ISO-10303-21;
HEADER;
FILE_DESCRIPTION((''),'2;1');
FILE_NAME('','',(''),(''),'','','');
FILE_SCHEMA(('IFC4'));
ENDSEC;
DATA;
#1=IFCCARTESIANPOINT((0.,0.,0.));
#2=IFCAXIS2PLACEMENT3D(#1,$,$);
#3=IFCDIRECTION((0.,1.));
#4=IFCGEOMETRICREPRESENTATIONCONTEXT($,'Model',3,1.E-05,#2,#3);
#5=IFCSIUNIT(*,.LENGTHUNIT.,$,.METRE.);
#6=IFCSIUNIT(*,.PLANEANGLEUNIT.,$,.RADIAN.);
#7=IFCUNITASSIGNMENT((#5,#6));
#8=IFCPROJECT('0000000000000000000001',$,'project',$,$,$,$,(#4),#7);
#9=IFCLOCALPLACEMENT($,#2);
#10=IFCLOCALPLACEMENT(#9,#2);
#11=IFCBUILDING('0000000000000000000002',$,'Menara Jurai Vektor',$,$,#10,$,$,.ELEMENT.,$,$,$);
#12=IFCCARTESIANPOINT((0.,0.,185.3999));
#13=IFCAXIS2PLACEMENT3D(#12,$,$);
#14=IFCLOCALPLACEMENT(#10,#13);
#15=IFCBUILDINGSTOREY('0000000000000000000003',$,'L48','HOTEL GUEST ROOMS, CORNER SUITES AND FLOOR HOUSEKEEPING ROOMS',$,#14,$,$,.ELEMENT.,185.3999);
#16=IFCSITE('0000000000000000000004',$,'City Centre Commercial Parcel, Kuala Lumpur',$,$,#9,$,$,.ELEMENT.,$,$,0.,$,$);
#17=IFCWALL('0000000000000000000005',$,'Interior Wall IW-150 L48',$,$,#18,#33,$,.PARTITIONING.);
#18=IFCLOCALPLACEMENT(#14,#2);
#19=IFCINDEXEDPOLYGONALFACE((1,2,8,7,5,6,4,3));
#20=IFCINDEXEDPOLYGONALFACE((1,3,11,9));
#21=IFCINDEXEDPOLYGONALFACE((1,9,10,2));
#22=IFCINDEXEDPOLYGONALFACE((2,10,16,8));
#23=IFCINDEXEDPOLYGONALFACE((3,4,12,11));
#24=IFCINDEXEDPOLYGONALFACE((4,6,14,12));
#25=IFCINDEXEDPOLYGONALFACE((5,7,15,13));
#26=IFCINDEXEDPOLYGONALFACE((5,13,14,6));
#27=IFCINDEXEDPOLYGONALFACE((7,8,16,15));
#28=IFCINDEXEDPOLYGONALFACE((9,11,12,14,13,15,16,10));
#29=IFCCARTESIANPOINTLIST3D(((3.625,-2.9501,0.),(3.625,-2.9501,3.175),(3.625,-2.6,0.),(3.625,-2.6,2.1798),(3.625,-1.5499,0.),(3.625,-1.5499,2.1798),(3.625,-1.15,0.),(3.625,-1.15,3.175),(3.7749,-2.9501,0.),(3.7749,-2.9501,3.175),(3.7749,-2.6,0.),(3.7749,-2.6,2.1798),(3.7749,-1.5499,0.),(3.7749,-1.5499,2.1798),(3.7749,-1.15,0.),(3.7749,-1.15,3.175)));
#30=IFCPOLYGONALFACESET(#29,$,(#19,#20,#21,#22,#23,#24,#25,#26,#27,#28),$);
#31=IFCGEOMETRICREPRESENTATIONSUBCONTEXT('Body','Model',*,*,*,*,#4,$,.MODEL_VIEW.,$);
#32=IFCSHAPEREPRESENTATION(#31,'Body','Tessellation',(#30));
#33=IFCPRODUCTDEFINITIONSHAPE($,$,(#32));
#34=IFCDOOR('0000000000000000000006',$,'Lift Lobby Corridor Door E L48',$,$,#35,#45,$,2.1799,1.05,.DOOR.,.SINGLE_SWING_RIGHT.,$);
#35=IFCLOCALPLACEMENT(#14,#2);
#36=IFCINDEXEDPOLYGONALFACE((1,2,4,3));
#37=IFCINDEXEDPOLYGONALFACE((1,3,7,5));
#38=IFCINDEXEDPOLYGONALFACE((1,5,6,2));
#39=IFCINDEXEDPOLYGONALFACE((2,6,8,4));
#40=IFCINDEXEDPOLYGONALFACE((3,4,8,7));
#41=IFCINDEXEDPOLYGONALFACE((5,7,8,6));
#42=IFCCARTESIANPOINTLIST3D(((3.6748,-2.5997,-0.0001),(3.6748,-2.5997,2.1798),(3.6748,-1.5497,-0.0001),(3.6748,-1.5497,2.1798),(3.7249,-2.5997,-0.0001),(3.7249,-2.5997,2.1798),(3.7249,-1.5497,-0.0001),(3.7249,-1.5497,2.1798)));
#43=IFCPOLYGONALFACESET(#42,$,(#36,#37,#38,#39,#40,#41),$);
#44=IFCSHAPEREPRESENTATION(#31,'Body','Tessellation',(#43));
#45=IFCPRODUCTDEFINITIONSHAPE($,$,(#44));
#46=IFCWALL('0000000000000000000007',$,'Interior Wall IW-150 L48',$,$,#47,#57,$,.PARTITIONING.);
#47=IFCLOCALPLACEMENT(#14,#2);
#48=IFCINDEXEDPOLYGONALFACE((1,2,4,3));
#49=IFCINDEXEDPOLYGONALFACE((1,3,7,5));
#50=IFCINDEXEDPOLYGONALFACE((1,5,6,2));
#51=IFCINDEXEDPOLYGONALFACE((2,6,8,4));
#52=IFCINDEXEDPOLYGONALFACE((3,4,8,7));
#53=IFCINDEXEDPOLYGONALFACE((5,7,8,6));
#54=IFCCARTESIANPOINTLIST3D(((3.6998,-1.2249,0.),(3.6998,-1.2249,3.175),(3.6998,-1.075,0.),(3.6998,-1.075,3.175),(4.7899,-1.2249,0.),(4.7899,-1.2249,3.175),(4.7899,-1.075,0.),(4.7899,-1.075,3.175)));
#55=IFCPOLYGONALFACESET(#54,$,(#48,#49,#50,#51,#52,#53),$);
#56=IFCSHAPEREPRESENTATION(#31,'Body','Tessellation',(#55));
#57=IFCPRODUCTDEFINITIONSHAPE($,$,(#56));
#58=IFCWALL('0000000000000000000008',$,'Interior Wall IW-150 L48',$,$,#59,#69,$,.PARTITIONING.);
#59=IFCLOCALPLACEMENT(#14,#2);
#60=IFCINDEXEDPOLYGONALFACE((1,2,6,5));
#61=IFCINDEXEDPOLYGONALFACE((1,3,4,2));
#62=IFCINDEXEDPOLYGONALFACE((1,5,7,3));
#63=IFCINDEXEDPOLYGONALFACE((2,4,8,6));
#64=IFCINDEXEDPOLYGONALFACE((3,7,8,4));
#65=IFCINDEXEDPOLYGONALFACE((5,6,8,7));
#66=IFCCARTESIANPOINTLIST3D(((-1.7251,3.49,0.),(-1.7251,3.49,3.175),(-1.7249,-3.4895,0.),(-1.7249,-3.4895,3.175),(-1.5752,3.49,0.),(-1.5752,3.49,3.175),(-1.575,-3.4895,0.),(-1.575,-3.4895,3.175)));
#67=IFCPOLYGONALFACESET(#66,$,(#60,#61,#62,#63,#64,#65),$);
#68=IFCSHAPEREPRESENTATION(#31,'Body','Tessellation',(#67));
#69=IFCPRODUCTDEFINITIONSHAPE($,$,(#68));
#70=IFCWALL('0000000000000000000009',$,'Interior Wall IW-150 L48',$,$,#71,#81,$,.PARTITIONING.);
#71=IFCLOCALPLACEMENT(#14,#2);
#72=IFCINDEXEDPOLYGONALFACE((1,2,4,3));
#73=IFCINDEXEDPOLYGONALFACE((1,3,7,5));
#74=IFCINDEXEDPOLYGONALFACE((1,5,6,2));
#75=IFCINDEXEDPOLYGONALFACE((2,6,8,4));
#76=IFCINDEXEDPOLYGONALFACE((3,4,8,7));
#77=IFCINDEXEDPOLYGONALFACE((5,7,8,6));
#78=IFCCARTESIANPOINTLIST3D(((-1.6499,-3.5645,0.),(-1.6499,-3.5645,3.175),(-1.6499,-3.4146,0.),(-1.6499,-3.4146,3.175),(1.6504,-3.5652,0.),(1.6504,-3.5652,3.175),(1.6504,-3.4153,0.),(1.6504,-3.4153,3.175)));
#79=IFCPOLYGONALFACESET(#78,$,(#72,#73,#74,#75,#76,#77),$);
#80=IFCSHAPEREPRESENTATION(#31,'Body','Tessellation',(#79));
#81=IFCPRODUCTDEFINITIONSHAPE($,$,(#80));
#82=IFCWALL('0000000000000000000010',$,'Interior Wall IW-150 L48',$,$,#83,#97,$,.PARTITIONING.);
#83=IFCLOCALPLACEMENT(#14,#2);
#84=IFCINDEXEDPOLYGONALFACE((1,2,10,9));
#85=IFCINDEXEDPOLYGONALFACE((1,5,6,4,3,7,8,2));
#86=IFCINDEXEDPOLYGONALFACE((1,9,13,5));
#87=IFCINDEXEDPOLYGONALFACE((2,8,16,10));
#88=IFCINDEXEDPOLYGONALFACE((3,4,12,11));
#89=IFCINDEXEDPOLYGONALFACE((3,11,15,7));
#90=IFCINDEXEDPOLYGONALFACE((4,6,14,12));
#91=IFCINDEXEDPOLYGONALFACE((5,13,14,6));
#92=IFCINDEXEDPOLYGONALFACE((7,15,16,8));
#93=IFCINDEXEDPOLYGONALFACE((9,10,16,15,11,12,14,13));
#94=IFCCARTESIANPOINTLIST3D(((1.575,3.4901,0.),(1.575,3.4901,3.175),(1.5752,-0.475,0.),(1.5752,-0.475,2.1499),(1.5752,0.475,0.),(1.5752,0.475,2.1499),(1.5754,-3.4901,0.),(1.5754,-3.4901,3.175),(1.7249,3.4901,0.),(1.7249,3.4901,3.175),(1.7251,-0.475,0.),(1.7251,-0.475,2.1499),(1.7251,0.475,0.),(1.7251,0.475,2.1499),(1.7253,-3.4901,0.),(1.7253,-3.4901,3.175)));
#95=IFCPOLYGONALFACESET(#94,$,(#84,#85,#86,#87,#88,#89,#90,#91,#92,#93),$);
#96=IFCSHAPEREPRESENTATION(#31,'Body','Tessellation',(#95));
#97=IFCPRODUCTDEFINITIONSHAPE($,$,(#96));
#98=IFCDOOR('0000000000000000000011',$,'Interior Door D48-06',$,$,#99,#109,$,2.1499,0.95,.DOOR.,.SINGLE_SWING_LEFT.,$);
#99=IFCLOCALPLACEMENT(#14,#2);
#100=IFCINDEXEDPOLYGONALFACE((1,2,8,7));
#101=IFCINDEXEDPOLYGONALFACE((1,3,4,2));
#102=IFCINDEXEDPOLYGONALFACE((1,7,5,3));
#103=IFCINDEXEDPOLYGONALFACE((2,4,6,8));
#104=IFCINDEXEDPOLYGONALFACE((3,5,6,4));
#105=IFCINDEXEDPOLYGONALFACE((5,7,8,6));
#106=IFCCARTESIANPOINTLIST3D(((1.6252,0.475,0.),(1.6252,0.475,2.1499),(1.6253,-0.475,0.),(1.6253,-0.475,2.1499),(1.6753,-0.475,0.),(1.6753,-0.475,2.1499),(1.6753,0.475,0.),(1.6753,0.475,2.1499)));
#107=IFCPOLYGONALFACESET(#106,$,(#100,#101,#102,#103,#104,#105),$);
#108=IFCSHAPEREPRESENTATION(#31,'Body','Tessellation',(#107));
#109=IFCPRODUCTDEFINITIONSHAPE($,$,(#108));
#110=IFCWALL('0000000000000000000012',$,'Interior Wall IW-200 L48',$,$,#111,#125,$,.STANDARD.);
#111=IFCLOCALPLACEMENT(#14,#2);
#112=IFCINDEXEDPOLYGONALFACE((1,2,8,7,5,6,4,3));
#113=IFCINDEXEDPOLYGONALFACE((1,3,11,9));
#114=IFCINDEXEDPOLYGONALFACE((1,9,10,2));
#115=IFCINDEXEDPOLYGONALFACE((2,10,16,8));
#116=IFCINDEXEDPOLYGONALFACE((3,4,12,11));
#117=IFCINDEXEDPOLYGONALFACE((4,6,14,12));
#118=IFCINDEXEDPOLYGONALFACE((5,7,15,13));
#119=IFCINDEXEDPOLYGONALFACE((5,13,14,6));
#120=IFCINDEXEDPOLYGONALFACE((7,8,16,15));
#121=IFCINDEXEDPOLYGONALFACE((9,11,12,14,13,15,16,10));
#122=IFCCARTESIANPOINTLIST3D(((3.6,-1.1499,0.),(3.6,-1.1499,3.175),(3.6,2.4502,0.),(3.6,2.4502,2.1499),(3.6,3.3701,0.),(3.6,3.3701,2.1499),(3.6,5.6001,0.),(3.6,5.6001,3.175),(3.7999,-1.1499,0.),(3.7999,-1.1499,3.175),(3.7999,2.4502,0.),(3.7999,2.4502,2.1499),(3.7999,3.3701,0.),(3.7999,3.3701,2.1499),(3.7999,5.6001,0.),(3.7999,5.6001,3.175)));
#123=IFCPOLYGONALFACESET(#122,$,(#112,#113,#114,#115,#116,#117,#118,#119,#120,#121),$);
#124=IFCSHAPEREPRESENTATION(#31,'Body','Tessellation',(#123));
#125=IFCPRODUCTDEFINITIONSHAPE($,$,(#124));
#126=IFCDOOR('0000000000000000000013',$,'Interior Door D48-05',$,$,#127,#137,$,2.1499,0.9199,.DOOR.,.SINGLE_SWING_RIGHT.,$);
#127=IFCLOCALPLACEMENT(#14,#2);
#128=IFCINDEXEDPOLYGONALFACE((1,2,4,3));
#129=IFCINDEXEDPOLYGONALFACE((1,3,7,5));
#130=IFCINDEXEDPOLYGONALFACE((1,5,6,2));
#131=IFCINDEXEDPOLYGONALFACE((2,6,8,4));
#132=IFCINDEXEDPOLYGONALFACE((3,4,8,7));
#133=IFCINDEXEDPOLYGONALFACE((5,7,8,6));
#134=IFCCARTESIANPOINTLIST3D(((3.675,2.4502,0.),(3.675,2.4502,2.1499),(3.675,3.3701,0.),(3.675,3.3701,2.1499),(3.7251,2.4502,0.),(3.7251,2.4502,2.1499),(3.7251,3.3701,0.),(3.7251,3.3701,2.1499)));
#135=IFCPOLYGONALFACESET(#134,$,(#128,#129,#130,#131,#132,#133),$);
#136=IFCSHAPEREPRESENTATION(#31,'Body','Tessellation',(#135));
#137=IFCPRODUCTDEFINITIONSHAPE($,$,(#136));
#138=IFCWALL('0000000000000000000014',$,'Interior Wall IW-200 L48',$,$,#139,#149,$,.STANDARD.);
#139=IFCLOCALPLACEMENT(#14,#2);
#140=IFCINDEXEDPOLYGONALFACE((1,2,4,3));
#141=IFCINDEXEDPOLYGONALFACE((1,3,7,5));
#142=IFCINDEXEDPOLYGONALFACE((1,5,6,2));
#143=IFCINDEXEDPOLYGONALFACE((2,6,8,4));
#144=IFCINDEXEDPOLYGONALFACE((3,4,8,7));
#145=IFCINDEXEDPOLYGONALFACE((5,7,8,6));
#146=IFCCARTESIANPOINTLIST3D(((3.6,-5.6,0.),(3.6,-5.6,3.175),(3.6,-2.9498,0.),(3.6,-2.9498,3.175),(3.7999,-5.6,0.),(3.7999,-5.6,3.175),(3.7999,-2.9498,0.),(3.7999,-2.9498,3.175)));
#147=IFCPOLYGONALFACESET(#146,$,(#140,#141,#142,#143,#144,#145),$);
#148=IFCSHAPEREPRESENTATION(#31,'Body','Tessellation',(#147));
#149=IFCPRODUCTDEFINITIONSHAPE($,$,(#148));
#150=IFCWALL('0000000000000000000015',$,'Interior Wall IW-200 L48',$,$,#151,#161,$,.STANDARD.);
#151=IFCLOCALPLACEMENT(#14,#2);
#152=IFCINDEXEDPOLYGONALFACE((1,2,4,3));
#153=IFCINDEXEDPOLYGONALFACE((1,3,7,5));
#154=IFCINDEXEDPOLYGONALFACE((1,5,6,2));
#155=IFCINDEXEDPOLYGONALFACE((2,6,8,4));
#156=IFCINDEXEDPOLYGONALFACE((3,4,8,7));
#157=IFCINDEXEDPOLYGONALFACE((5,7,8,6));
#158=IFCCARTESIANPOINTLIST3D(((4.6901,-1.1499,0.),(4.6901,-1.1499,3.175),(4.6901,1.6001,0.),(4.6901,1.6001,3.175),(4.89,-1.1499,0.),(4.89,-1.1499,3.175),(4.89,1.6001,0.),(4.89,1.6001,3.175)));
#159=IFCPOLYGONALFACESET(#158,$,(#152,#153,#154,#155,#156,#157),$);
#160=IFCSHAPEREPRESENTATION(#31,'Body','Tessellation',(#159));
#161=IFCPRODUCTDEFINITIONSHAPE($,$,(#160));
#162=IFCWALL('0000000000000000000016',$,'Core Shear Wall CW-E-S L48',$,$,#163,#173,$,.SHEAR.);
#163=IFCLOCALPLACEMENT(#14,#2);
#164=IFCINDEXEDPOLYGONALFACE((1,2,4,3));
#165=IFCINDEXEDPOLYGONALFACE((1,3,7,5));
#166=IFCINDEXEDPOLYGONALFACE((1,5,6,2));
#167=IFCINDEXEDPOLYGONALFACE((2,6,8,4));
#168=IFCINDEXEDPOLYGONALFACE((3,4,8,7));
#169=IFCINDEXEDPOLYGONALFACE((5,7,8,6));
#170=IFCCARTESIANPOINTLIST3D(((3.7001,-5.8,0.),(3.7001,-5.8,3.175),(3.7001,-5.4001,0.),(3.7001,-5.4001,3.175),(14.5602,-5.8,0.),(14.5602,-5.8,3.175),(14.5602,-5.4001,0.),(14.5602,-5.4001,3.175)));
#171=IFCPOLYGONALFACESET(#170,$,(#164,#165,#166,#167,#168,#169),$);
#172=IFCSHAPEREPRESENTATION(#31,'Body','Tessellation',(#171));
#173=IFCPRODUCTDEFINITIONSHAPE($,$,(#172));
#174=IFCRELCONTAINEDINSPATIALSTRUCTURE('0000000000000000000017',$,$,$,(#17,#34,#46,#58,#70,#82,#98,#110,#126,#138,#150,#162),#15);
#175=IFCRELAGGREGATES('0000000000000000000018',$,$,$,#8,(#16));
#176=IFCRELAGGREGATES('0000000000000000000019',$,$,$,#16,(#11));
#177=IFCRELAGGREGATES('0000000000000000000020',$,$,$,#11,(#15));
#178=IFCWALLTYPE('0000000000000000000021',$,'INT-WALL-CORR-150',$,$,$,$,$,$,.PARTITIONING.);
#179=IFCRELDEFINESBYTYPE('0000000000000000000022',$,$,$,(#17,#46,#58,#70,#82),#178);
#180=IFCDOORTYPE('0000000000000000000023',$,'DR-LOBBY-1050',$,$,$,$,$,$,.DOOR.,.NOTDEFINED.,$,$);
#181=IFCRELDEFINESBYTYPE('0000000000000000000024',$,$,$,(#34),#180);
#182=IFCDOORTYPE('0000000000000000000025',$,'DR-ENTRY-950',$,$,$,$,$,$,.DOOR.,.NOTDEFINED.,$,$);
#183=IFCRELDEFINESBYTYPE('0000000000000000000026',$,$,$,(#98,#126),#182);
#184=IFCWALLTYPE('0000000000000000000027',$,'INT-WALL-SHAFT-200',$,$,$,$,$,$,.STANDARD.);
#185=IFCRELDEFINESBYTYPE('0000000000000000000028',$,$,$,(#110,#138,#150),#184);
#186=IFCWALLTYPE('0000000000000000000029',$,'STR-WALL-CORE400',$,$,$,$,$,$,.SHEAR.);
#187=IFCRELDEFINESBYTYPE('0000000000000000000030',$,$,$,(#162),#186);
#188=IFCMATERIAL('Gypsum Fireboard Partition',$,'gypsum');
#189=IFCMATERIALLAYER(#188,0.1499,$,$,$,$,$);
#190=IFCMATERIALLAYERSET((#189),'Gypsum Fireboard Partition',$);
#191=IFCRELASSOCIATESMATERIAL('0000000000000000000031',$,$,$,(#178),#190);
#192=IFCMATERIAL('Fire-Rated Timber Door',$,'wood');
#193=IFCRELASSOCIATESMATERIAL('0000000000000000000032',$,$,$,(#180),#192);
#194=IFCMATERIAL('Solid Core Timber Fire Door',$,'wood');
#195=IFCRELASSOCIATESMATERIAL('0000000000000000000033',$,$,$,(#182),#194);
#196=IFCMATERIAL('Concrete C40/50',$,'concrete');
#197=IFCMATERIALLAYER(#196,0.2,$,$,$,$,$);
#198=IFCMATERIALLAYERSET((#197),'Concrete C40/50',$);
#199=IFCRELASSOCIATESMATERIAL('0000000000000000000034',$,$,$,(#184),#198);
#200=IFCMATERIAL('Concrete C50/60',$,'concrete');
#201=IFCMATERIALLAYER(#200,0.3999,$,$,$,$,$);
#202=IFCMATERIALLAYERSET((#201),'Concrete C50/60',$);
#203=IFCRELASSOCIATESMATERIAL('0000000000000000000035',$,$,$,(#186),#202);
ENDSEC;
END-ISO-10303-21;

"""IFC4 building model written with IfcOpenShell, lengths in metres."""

from ifc_helpers import new_model, si_unit, direction, frame, frame_2d, origin, place, context, subcontext, project, spatial, rectangle, extrude, material, layer, layer_set, type_object, element, fill, save


model = new_model("IFC4")

# Units and contexts
model_context = context("Model", 3, precision=1e-05, world=origin(), true_north=direction((0.0, 1.0)))
body_context = subcontext(model_context, "Body", "Model", "MODEL_VIEW")
ifc_project = project(units=[si_unit("LENGTHUNIT", "METRE"), si_unit("PLANEANGLEUNIT", "RADIAN")], contexts=[model_context])

# Site, building, storey
site_placement = place(None, origin())
site = spatial("IfcSite", under=ifc_project, at=site_placement, Name="City Centre Commercial Parcel, Kuala Lumpur", CompositionType="ELEMENT", RefElevation=0.0)
building_placement = place(site_placement, origin())
building = spatial("IfcBuilding", under=site, at=building_placement, Name="Menara Jurai Vektor", CompositionType="ELEMENT")
storey_placement = place(building_placement, frame((0.0, 0.0, 185.3999)))
storey = spatial("IfcBuildingStorey", under=building, at=storey_placement, Name="L48", Description="HOTEL GUEST ROOMS, CORNER SUITES AND FLOOR HOUSEKEEPING ROOMS", CompositionType="ELEMENT", Elevation=185.3999)

# Shared definitions
ifc_material_1 = material(Name="Concrete C50/60", Category="concrete")

# Shared definitions
ifc_material_2 = material(Name="Concrete C40/50", Category="concrete")

# Wall, opening, door
ifc_material_3 = material(Name="Gypsum Fireboard Partition", Category="gypsum")
ifc_layer_1 = layer(ifc_material_3, 0.1499)
ifc_layer_set_1 = layer_set([ifc_layer_1], Name="Gypsum Fireboard Partition")
wall_type_1 = type_object("IfcWallType", Name="INT-WALL-CORR-150", PredefinedType="PARTITIONING", material=ifc_layer_set_1)
wall_1_placement = place(storey_placement, frame((3.7, -2.95, 0.0), z_axis=(0.0, 0.0, 1.0), x_axis=(0.0, 1.0, 0.0)))
wall_1 = element("IfcWall", 1, at=wall_1_placement, inside=storey, type_object=wall_type_1, Name="Interior Wall IW-150 L48", PredefinedType="PARTITIONING", context=body_context, shape_type="SweptSolid", body=[
    extrude(rectangle(XDim=1.8, YDim=0.1499, at=frame_2d((0.8999, 0.0))), origin(), (0.0, 0.0, 1.0), 3.175),
])
opening_1_placement = place(wall_1_placement, frame((0.3501, 0.0, 0.0)))
opening_1 = element("IfcOpeningElement", 2, at=opening_1_placement, cuts=wall_1, PredefinedType="OPENING", context=body_context, shape_type="SweptSolid", body=[
    extrude(rectangle(XDim=1.05, YDim=2.1799, at=frame_2d((0.5249, 1.0898))), frame((0.0, 0.085, 0.0), z_axis=(0.0, -1.0, 0.0), x_axis=(1.0, 0.0, 0.0)), (0.0, 0.0, 1.0), 0.1699),
])
ifc_material_4 = material(Name="Fire-Rated Timber Door", Category="wood")
door_type_1 = type_object("IfcDoorType", Name="DR-LOBBY-1050", OperationType="NOTDEFINED", PredefinedType="DOOR", material=ifc_material_4)
door_1_placement = place(opening_1_placement, frame((1.05, 0.0, 0.0), z_axis=(0.0, 0.0, 1.0), x_axis=(-1.0, 0.0, 0.0)))
door_1 = element("IfcDoor", 3, at=door_1_placement, inside=storey, type_object=door_type_1, Name="Lift Lobby Corridor Door E L48", OperationType="SINGLE_SWING_RIGHT", OverallHeight=2.1799, OverallWidth=1.05, PredefinedType="DOOR", context=body_context, shape_type="SweptSolid", body=[
    extrude(rectangle(XDim=1.05, YDim=2.1799, at=frame_2d((0.5249, 1.0898))), frame((0.0, 0.0249, 0.0), z_axis=(0.0, -1.0, 0.0), x_axis=(1.0, 0.0, 0.0)), (0.0, 0.0, 1.0), 0.05),
])
fill(opening_1, door_1)

# Walls
wall_2_placement = place(storey_placement, frame((3.7, -1.1499, 0.0), z_axis=(0.0, 0.0, 1.0), x_axis=(1.0, 0.0, 0.0)))
element("IfcWall", 4, at=wall_2_placement, inside=storey, type_object=wall_type_1, Name="Interior Wall IW-150 L48", PredefinedType="PARTITIONING", context=body_context, shape_type="SweptSolid", body=[
    extrude(rectangle(XDim=1.0901, YDim=0.1499, at=frame_2d((0.5449, 0.0))), origin(), (0.0, 0.0, 1.0), 3.175),
])
wall_3_placement = place(storey_placement, frame((-1.6499, -3.4895, 0.0), z_axis=(0.0, 0.0, 1.0), x_axis=(-0.000035, 1.0, 0.0)))
element("IfcWall", 5, at=wall_3_placement, inside=storey, type_object=wall_type_1, Name="Interior Wall IW-150 L48", PredefinedType="PARTITIONING", context=body_context, shape_type="SweptSolid", body=[
    extrude(rectangle(XDim=6.9795, YDim=0.1499, at=frame_2d((3.4897, 0.0))), origin(), (0.0, 0.0, 1.0), 3.175),
])
wall_4_placement = place(storey_placement, frame((-1.6499, -3.4895, 0.0), z_axis=(0.0, 0.0, 1.0), x_axis=(1.0, -0.000222, 0.0)))
element("IfcWall", 6, at=wall_4_placement, inside=storey, type_object=wall_type_1, Name="Interior Wall IW-150 L48", PredefinedType="PARTITIONING", context=body_context, shape_type="SweptSolid", body=[
    extrude(rectangle(XDim=3.3003, YDim=0.1499, at=frame_2d((1.6501, 0.0))), origin(), (0.0, 0.0, 1.0), 3.175),
])

# Walls, openings, doors
wall_5_placement = place(storey_placement, frame((1.6504, -3.4902, 0.0), z_axis=(0.0, 0.0, 1.0), x_axis=(-0.00007, 1.0, 0.0)))
wall_5 = element("IfcWall", 7, at=wall_5_placement, inside=storey, type_object=wall_type_1, Name="Interior Wall IW-150 L48", PredefinedType="PARTITIONING", context=body_context, shape_type="SweptSolid", body=[
    extrude(rectangle(XDim=6.9802, YDim=0.1499, at=frame_2d((3.4902, 0.0))), origin(), (0.0, 0.0, 1.0), 3.175),
])
opening_2_placement = place(wall_5_placement, frame((3.0151, 0.0, 0.0)))
opening_2 = element("IfcOpeningElement", 8, at=opening_2_placement, cuts=wall_5, PredefinedType="OPENING", context=body_context, shape_type="SweptSolid", body=[
    extrude(rectangle(XDim=0.95, YDim=2.1499, at=frame_2d((0.4751, 1.075))), frame((0.0, 0.085, 0.0), z_axis=(0.0, -1.0, 0.0), x_axis=(1.0, 0.0, 0.0)), (0.0, 0.0, 1.0), 0.1699),
])
ifc_material_5 = material(Name="Solid Core Timber Fire Door", Category="wood")
door_type_2 = type_object("IfcDoorType", Name="DR-ENTRY-950", OperationType="NOTDEFINED", PredefinedType="DOOR", material=ifc_material_5)
door_2_placement = place(opening_2_placement, origin())
door_2 = element("IfcDoor", 9, at=door_2_placement, inside=storey, type_object=door_type_2, Name="Interior Door D48-06", OperationType="SINGLE_SWING_LEFT", OverallHeight=2.1499, OverallWidth=0.95, PredefinedType="DOOR", context=body_context, shape_type="SweptSolid", body=[
    extrude(rectangle(XDim=0.95, YDim=2.1499, at=frame_2d((0.4751, 1.075))), frame((0.0, 0.0249, 0.0), z_axis=(0.0, -1.0, 0.0), x_axis=(1.0, 0.0, 0.0)), (0.0, 0.0, 1.0), 0.05),
])
fill(opening_2, door_2)
ifc_layer_2 = layer(ifc_material_2, 0.2)
ifc_layer_set_2 = layer_set([ifc_layer_2], Name="Concrete C40/50")
wall_type_2 = type_object("IfcWallType", Name="INT-WALL-SHAFT-200", PredefinedType="STANDARD", material=ifc_layer_set_2)
wall_6_placement = place(storey_placement, frame((3.7, -1.1499, 0.0), z_axis=(0.0, 0.0, 1.0), x_axis=(0.0, 1.0, 0.0)))
wall_6 = element("IfcWall", 10, at=wall_6_placement, inside=storey, type_object=wall_type_2, Name="Interior Wall IW-200 L48", PredefinedType="STANDARD", context=body_context, shape_type="SweptSolid", body=[
    extrude(rectangle(XDim=6.75, YDim=0.2, at=frame_2d((3.375, 0.0))), origin(), (0.0, 0.0, 1.0), 3.175),
])
opening_3_placement = place(wall_6_placement, frame((3.6001, 0.0, 0.0)))
opening_3 = element("IfcOpeningElement", 11, at=opening_3_placement, cuts=wall_6, PredefinedType="OPENING", context=body_context, shape_type="SweptSolid", body=[
    extrude(rectangle(XDim=0.9199, YDim=2.1499, at=frame_2d((0.46, 1.075))), frame((0.0, 0.1099, 0.0), z_axis=(0.0, -1.0, 0.0), x_axis=(1.0, 0.0, 0.0)), (0.0, 0.0, 1.0), 0.22),
])
door_3_placement = place(opening_3_placement, origin())
door_3 = element("IfcDoor", 12, at=door_3_placement, inside=storey, type_object=door_type_2, Name="Interior Door D48-05", OperationType="SINGLE_SWING_RIGHT", OverallHeight=2.1499, OverallWidth=0.9199, PredefinedType="DOOR", context=body_context, shape_type="SweptSolid", body=[
    extrude(rectangle(XDim=0.9199, YDim=2.1499, at=frame_2d((0.46, 1.075))), frame((0.0, 0.0249, 0.0), z_axis=(0.0, -1.0, 0.0), x_axis=(1.0, 0.0, 0.0)), (0.0, 0.0, 1.0), 0.05),
])
fill(opening_3, door_3)

# Walls
wall_7_placement = place(storey_placement, frame((3.7, -5.6001, 0.0), z_axis=(0.0, 0.0, 1.0), x_axis=(0.0, 1.0, 0.0)))
element("IfcWall", 13, at=wall_7_placement, inside=storey, type_object=wall_type_2, Name="Interior Wall IW-200 L48", PredefinedType="STANDARD", context=body_context, shape_type="SweptSolid", body=[
    extrude(rectangle(XDim=2.6501, YDim=0.2, at=frame_2d((1.3252, 0.0))), origin(), (0.0, 0.0, 1.0), 3.175),
])
wall_8_placement = place(storey_placement, frame((4.79, -1.1499, 0.0), z_axis=(0.0, 0.0, 1.0), x_axis=(0.0, 1.0, 0.0)))
element("IfcWall", 14, at=wall_8_placement, inside=storey, type_object=wall_type_2, Name="Interior Wall IW-200 L48", PredefinedType="STANDARD", context=body_context, shape_type="SweptSolid", body=[
    extrude(rectangle(XDim=2.75, YDim=0.2, at=frame_2d((1.375, 0.0))), origin(), (0.0, 0.0, 1.0), 3.175),
])

# Wall
ifc_layer_3 = layer(ifc_material_1, 0.3999)
ifc_layer_set_3 = layer_set([ifc_layer_3], Name="Concrete C50/60")
wall_type_3 = type_object("IfcWallType", Name="STR-WALL-CORE400", PredefinedType="SHEAR", material=ifc_layer_set_3)
wall_9_placement = place(storey_placement, frame((3.7, -5.6001, 0.0), z_axis=(0.0, 0.0, 1.0), x_axis=(1.0, 0.0, 0.0)))
element("IfcWall", 15, at=wall_9_placement, inside=storey, type_object=wall_type_3, Name="Core Shear Wall CW-E-S L48", PredefinedType="SHEAR", context=body_context, shape_type="SweptSolid", body=[
    extrude(rectangle(XDim=10.8601, YDim=0.3999, at=frame_2d((5.4302, 0.0))), origin(), (0.0, 0.0, 1.0), 3.175),
])

save(model, "model.ifc")
